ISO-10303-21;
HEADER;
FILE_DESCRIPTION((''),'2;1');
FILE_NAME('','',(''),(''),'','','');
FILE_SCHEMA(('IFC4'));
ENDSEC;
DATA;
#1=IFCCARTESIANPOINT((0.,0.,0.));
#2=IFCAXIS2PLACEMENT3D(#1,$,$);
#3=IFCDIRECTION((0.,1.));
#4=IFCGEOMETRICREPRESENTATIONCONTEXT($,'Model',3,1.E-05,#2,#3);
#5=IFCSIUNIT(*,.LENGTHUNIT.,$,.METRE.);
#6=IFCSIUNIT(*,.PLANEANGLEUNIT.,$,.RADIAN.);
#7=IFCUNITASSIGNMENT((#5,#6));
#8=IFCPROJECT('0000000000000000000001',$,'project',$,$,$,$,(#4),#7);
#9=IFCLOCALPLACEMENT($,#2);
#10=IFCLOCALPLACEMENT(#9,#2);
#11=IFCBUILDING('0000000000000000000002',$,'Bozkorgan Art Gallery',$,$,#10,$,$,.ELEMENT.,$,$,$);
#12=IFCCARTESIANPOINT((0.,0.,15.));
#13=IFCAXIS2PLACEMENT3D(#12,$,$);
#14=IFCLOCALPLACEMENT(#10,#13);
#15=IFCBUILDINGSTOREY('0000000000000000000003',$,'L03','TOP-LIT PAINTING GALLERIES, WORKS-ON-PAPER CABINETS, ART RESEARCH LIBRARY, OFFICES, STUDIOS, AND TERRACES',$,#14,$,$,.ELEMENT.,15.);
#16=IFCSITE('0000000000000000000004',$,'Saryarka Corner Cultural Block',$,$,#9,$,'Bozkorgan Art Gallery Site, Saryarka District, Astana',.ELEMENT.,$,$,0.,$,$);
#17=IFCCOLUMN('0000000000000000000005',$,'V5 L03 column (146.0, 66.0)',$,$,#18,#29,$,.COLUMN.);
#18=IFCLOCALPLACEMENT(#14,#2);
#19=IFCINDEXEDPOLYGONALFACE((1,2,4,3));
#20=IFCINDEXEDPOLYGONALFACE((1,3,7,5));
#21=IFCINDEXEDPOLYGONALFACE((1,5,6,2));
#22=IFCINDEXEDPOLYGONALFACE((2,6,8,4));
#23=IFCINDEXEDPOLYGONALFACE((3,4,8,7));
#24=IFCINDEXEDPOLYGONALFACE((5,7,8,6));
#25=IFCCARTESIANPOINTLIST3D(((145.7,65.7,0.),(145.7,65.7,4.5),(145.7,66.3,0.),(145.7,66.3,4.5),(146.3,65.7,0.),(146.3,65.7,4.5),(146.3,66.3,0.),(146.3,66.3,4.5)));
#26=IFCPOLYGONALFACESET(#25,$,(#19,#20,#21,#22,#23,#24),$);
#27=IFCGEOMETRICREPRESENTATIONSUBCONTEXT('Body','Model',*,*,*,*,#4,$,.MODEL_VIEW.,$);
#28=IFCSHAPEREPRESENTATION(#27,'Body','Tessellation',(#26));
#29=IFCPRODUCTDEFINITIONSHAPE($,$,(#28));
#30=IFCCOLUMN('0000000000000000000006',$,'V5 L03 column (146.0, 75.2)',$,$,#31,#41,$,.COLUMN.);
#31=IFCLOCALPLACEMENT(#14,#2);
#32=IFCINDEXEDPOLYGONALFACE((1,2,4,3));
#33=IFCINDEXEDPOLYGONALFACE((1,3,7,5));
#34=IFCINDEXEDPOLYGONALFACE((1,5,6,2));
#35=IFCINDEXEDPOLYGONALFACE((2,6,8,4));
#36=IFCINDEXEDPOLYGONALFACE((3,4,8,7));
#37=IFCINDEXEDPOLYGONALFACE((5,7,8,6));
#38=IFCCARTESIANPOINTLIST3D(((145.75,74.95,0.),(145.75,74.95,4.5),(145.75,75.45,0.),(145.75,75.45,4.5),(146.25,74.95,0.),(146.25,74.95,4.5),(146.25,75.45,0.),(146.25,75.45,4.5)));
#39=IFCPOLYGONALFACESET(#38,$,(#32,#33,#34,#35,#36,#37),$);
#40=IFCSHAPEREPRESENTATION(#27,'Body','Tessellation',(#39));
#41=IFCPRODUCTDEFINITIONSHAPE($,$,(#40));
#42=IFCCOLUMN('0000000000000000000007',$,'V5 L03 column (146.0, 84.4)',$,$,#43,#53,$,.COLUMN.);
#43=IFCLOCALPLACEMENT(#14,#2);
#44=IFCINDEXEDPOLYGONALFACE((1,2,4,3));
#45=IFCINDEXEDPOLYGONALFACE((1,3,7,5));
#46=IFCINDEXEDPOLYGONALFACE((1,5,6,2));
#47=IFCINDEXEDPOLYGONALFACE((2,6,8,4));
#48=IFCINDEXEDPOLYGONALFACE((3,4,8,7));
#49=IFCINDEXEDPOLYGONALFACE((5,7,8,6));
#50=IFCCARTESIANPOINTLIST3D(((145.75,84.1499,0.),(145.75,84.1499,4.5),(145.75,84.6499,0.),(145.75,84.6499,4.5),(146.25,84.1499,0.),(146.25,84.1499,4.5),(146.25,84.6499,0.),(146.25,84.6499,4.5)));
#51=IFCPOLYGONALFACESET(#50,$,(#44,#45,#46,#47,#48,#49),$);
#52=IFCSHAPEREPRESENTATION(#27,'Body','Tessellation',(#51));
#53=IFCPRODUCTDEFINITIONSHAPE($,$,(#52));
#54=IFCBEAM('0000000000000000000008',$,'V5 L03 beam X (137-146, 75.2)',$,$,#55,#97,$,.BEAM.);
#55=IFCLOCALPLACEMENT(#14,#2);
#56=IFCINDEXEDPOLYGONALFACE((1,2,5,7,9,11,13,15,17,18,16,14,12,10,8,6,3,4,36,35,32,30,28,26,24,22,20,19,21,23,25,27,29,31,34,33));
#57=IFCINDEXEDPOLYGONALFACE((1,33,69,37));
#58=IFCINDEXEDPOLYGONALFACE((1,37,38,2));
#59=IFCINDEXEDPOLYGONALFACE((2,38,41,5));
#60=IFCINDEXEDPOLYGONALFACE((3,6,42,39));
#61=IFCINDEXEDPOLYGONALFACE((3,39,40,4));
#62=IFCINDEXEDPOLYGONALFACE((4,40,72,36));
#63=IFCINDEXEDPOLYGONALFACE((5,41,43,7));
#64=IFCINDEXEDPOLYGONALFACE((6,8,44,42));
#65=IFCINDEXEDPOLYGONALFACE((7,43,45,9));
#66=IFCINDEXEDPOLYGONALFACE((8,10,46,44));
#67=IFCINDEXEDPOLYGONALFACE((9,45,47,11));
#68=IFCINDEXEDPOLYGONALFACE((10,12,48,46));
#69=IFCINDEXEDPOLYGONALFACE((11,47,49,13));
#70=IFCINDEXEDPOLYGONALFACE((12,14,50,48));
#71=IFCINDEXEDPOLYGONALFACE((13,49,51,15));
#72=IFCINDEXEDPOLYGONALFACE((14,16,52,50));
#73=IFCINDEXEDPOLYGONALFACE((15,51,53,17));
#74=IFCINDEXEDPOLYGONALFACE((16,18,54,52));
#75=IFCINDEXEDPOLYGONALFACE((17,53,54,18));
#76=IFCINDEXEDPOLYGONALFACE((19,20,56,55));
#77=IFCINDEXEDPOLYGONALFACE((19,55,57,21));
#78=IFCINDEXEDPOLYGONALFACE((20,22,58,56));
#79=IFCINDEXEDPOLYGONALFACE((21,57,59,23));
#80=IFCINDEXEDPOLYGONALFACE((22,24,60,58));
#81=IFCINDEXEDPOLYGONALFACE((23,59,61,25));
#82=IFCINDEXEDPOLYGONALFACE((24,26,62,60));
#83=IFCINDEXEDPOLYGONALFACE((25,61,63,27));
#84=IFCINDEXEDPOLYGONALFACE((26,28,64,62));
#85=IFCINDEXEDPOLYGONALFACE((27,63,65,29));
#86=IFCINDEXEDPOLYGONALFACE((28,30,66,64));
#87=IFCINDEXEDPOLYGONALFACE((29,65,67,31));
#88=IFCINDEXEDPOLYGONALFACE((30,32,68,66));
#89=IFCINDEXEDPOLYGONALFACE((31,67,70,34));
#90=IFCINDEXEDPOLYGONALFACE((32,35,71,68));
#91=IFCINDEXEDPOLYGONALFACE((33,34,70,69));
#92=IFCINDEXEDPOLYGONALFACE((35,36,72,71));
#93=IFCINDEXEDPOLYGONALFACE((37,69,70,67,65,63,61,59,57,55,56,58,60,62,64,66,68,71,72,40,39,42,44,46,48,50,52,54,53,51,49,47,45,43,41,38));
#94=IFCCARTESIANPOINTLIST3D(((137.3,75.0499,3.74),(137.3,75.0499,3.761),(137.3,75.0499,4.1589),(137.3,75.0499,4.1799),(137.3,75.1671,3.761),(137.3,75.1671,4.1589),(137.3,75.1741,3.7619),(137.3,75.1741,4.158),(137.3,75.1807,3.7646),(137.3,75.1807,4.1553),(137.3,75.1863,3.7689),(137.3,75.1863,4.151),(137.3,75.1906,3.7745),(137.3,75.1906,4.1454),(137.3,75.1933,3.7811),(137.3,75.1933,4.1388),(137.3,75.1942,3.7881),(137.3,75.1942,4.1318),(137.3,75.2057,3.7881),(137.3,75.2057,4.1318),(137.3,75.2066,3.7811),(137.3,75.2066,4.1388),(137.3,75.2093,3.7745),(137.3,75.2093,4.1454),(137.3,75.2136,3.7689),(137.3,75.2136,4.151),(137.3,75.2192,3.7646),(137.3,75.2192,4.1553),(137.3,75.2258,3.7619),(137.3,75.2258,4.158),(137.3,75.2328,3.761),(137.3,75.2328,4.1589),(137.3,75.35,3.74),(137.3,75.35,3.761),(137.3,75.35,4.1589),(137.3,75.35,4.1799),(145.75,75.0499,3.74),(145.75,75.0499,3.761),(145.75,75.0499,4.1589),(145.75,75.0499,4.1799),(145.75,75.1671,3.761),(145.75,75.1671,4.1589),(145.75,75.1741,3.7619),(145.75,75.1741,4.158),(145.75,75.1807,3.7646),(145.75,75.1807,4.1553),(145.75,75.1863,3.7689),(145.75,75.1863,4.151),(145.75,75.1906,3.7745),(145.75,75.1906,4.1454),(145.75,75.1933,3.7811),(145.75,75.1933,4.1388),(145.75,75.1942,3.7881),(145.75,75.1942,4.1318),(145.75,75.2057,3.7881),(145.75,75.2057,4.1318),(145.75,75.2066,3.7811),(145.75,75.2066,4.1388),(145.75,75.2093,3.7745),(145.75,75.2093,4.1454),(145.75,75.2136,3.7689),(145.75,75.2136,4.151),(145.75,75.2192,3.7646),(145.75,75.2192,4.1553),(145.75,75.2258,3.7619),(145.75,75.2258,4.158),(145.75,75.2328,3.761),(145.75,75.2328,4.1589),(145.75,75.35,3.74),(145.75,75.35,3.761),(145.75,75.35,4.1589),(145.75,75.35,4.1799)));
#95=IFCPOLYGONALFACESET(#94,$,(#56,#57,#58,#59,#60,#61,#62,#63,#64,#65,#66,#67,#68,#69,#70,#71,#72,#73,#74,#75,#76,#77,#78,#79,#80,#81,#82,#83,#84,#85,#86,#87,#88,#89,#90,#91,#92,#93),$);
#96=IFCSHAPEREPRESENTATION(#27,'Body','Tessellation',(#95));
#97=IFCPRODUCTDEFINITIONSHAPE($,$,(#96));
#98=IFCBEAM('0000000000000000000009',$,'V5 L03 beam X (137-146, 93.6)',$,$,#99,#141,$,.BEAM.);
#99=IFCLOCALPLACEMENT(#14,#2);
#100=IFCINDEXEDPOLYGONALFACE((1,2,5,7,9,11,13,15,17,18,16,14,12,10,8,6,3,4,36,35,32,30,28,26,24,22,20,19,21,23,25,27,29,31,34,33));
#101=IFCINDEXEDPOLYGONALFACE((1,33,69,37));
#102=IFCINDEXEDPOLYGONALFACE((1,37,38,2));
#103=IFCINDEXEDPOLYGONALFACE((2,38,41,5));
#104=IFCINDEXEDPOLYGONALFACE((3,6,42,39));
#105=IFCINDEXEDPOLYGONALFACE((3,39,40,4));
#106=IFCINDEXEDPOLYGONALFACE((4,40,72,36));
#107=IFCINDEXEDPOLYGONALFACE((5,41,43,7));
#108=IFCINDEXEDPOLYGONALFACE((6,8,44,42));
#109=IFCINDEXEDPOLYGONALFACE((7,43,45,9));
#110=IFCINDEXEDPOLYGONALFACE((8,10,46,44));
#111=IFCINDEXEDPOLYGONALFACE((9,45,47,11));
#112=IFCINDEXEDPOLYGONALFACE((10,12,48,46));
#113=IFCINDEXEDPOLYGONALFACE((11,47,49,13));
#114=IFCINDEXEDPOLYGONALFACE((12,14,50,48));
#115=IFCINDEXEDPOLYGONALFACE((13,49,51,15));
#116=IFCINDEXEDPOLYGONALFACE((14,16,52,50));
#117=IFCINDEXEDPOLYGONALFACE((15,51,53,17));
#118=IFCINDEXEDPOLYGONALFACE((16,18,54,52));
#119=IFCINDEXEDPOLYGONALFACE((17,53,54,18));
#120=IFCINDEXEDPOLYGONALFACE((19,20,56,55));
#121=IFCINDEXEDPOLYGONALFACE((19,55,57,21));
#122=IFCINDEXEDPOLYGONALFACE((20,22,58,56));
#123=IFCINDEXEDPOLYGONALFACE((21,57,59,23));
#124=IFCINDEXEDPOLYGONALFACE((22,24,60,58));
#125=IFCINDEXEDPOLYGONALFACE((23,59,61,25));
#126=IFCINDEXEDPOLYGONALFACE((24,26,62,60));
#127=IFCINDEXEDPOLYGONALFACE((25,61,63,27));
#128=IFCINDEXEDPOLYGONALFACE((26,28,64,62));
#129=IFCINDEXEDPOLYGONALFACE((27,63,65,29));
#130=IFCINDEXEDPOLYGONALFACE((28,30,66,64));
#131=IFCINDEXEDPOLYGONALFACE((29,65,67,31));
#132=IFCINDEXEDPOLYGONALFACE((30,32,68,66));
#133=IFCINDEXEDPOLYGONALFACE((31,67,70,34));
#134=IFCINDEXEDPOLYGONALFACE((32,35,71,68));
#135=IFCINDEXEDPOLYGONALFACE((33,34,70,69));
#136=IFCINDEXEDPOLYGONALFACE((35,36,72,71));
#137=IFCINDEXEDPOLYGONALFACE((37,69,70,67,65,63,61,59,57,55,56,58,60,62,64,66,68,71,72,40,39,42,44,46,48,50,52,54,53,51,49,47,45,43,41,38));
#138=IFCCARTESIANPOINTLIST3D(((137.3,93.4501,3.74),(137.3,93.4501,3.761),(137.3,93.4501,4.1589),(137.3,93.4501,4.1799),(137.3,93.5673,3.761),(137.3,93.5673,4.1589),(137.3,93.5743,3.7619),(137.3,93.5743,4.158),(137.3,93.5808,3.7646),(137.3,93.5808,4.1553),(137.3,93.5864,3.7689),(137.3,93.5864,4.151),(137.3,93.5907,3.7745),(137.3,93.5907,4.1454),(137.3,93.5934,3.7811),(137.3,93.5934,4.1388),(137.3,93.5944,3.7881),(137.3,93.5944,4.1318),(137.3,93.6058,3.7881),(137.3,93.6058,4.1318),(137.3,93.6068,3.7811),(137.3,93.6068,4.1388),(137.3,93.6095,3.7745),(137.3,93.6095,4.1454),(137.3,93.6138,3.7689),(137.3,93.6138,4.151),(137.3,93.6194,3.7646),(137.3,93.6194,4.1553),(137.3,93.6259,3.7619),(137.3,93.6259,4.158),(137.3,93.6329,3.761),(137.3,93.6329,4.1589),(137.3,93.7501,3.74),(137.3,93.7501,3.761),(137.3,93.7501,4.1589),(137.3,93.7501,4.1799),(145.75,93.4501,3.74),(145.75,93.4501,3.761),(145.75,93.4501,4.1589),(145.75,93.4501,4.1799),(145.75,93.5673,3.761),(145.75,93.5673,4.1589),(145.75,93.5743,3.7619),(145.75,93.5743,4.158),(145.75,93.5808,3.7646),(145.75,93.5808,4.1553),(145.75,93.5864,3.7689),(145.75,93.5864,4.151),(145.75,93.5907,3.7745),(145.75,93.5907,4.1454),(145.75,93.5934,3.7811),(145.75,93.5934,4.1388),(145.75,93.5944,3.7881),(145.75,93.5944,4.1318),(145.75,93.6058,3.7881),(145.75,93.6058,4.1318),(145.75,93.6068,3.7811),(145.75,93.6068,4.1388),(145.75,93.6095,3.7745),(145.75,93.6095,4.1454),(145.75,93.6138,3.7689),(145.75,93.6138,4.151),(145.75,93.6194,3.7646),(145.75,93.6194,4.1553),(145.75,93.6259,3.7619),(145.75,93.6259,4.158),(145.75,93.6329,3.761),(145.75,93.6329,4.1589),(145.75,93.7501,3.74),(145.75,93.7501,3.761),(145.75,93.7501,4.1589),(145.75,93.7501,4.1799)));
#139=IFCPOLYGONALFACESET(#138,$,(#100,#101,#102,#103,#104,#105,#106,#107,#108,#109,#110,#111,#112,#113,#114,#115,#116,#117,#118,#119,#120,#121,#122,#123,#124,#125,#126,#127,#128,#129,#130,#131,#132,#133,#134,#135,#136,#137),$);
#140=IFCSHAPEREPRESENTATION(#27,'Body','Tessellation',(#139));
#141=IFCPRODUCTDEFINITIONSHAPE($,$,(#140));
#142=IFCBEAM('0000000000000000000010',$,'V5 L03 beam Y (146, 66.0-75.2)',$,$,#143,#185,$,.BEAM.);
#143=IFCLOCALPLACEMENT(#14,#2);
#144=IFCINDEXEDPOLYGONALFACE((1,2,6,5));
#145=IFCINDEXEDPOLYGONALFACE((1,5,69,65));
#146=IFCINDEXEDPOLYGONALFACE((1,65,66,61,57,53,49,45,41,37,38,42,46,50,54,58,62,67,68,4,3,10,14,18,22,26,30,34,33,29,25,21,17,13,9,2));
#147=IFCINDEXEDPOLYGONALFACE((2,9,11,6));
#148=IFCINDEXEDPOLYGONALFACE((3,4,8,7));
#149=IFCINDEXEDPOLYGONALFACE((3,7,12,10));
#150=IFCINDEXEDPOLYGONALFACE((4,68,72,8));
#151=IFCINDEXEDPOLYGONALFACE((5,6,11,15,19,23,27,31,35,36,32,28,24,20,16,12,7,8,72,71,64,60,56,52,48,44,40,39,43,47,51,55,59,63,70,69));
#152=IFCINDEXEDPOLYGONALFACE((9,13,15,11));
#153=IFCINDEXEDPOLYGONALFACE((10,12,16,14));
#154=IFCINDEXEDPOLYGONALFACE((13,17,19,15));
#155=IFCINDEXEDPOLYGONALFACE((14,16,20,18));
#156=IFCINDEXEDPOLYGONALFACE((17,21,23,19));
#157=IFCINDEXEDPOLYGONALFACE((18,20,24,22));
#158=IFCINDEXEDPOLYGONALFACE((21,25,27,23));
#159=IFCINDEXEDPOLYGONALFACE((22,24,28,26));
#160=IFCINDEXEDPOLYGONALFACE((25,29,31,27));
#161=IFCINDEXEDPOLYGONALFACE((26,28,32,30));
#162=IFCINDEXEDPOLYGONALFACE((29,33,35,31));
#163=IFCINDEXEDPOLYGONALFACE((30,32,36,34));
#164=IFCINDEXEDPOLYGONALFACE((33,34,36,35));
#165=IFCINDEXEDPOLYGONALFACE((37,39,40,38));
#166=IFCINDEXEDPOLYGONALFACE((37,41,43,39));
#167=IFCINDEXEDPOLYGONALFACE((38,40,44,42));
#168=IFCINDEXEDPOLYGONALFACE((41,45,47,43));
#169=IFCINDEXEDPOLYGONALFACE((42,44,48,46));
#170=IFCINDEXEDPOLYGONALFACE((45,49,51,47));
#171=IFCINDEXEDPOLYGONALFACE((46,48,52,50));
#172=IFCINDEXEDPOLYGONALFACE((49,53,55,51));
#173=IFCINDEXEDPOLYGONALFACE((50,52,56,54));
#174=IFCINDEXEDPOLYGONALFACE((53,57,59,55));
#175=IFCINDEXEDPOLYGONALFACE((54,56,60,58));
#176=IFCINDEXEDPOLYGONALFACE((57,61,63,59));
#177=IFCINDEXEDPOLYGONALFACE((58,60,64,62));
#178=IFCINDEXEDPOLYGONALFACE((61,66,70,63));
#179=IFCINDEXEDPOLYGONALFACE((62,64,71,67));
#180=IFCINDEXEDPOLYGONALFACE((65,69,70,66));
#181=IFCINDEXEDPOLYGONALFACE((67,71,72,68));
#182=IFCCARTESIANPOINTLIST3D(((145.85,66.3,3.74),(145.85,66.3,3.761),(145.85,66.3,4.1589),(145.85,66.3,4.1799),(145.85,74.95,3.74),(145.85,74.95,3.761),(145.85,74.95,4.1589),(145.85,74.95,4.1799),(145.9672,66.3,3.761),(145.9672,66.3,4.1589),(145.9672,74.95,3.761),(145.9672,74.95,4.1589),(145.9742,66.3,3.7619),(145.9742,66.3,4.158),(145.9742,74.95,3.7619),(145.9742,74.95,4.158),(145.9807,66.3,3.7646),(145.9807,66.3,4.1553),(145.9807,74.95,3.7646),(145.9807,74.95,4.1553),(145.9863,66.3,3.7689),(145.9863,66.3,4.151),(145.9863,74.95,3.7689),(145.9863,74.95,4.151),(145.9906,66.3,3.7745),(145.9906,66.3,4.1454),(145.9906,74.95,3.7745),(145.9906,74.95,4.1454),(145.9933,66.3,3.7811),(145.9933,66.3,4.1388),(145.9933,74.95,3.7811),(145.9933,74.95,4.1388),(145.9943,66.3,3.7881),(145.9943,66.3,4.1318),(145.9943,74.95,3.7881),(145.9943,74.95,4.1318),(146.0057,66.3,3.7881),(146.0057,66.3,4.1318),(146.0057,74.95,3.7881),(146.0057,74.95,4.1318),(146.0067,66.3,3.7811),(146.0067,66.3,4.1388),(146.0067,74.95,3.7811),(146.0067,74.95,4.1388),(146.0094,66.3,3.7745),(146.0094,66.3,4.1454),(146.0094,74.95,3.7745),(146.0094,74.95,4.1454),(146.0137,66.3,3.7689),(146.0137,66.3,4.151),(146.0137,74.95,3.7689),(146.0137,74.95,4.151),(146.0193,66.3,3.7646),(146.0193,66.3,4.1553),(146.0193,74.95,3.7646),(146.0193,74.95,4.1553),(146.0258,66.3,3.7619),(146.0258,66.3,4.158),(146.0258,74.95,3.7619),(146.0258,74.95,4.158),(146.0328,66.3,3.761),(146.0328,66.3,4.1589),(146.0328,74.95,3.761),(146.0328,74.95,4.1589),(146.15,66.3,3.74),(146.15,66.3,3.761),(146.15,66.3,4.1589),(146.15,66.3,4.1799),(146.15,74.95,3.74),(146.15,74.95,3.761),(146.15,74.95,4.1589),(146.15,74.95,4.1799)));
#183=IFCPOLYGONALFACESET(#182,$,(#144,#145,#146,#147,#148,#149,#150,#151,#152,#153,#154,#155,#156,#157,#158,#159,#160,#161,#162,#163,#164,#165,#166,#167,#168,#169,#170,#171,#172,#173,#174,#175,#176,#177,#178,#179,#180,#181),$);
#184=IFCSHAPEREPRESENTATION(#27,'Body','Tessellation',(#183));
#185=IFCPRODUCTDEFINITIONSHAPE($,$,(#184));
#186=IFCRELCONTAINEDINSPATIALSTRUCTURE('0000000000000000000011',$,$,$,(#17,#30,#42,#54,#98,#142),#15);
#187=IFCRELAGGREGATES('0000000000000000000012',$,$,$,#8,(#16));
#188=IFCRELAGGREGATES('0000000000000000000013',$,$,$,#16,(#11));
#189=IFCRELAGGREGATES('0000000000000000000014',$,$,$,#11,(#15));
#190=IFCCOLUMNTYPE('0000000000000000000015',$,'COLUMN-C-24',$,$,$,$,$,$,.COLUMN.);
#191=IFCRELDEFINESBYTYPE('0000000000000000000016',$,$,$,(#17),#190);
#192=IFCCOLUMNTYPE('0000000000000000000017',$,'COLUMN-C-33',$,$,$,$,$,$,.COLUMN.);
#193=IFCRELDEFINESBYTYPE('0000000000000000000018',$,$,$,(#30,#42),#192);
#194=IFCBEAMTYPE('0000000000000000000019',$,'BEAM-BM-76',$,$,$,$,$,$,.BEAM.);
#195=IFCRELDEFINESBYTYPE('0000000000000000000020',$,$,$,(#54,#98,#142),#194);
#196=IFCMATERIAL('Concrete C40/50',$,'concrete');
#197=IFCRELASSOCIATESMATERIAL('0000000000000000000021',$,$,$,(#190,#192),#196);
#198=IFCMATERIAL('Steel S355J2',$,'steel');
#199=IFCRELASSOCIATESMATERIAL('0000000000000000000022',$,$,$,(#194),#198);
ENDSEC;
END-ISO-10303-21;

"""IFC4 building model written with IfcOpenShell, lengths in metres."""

from ifc_helpers import new_model, si_unit, direction, frame, origin, origin_2d, place, context, subcontext, project, spatial, rectangle, i_section, extrude, material, material_profile, profile_set, type_object, element, save


model = new_model("IFC4")

# Units and contexts
model_context = context("Model", 3, precision=1e-05, world=origin(), true_north=direction((0.0, 1.0)))
body_context = subcontext(model_context, "Body", "Model", "MODEL_VIEW")
ifc_project = project(units=[si_unit("LENGTHUNIT", "METRE"), si_unit("PLANEANGLEUNIT", "RADIAN")], contexts=[model_context])

# Site, building, storey
site_placement = place(None, origin())
site = spatial("IfcSite", under=ifc_project, at=site_placement, Name="Saryarka Corner Cultural Block", LongName="Bozkorgan Art Gallery Site, Saryarka District, Astana", CompositionType="ELEMENT", RefElevation=0.0)
building_placement = place(site_placement, origin())
building = spatial("IfcBuilding", under=site, at=building_placement, Name="Bozkorgan Art Gallery", CompositionType="ELEMENT")
storey_placement = place(building_placement, frame((0.0, 0.0, 15.0)))
storey = spatial("IfcBuildingStorey", under=building, at=storey_placement, Name="L03", Description="TOP-LIT PAINTING GALLERIES, WORKS-ON-PAPER CABINETS, ART RESEARCH LIBRARY, OFFICES, STUDIOS, AND TERRACES", CompositionType="ELEMENT", Elevation=15.0)

# Columns
ifc_material_1 = material(Name="Concrete C40/50", Category="concrete")
ifc_material_profile_1 = material_profile(ifc_material_1, rectangle(XDim=0.6001, YDim=0.6001, at=origin_2d()), Name="RC 600x600")
ifc_profile_set_1 = profile_set([ifc_material_profile_1], Name="Concrete C40/50")
column_type_1 = type_object("IfcColumnType", Name="COLUMN-C-24", PredefinedType="COLUMN", material=ifc_profile_set_1)
column_placement = place(storey_placement, frame((146.0, 66.0, 0.0), z_axis=(0.0, 0.0, 1.0), x_axis=(1.0, 0.0, 0.0)))
element("IfcColumn", 1, at=column_placement, inside=storey, type_object=column_type_1, Name="V5 L03 column (146.0, 66.0)", PredefinedType="COLUMN", context=body_context, shape_type="SweptSolid", body=[
    extrude(rectangle(XDim=0.6001, YDim=0.6001, at=origin_2d()), origin(), (0.0, 0.0, 1.0), 4.5),
])
ifc_material_profile_2 = material_profile(ifc_material_1, rectangle(XDim=0.5, YDim=0.5, at=origin_2d()), Name="RC 500x500")
ifc_profile_set_2 = profile_set([ifc_material_profile_2], Name="Concrete C40/50")
column_type_2 = type_object("IfcColumnType", Name="COLUMN-C-33", PredefinedType="COLUMN", material=ifc_profile_set_2)
for number, where, z_axis, x_axis, name in (
    (2, (146.0, 75.2, 0.0), (0.0, 0.0, 1.0), (1.0, 0.0, 0.0), "V5 L03 column (146.0, 75.2)"),
    (3, (146.0, 84.3999, 0.0), (0.0, 0.0, 1.0), (1.0, 0.0, 0.0), "V5 L03 column (146.0, 84.4)"),
):
    element("IfcColumn", number, at=place(storey_placement, frame(where, z_axis=z_axis, x_axis=x_axis)), inside=storey, type_object=column_type_2, Name=name, PredefinedType="COLUMN", context=body_context, shape_type="SweptSolid", body=[
        extrude(rectangle(XDim=0.5, YDim=0.5, at=origin_2d()), origin(), (0.0, 0.0, 1.0), 4.5),
    ])

# Beams
ifc_material_2 = material(Name="Steel S355J2", Category="steel")
ifc_material_profile_3 = material_profile(ifc_material_2, i_section(OverallWidth=0.3, OverallDepth=0.4399, WebThickness=0.0115, FlangeThickness=0.021, FilletRadius=0.0271, at=origin_2d()), Name="HEA 450")
ifc_profile_set_3 = profile_set([ifc_material_profile_3], Name="Steel S355J2")
beam_type_1 = type_object("IfcBeamType", Name="BEAM-BM-76", PredefinedType="BEAM", material=ifc_profile_set_3)
for number, where, z_axis, x_axis, name in (
    (4, (137.3, 75.2, 3.96), (1.0, 0.0, 0.0), (0.0, 1.0, 0.0), "V5 L03 beam X (137-146, 75.2)"),
    (5, (137.3, 93.6001, 3.96), (1.0, 0.0, 0.0), (0.0, 1.0, 0.0), "V5 L03 beam X (137-146, 93.6)"),
):
    element("IfcBeam", number, at=place(storey_placement, frame(where, z_axis=z_axis, x_axis=x_axis)), inside=storey, type_object=beam_type_1, Name=name, PredefinedType="BEAM", context=body_context, shape_type="SweptSolid", body=[
        extrude(i_section(OverallWidth=0.3, OverallDepth=0.4399, WebThickness=0.0115, FlangeThickness=0.021, FilletRadius=0.0271, at=origin_2d()), origin(), (0.0, 0.0, 1.0), 8.45),
    ])
beam_1_placement = place(storey_placement, frame((146.0, 66.3, 3.96), z_axis=(0.0, 1.0, 0.0), x_axis=(-1.0, 0.0, 0.0)))
element("IfcBeam", 6, at=beam_1_placement, inside=storey, type_object=beam_type_1, Name="V5 L03 beam Y (146, 66.0-75.2)", PredefinedType="BEAM", context=body_context, shape_type="SweptSolid", body=[
    extrude(i_section(OverallWidth=0.3, OverallDepth=0.4399, WebThickness=0.0115, FlangeThickness=0.021, FilletRadius=0.0271, at=origin_2d()), origin(), (0.0, 0.0, 1.0), 8.6499),
])

save(model, "model.ifc")
